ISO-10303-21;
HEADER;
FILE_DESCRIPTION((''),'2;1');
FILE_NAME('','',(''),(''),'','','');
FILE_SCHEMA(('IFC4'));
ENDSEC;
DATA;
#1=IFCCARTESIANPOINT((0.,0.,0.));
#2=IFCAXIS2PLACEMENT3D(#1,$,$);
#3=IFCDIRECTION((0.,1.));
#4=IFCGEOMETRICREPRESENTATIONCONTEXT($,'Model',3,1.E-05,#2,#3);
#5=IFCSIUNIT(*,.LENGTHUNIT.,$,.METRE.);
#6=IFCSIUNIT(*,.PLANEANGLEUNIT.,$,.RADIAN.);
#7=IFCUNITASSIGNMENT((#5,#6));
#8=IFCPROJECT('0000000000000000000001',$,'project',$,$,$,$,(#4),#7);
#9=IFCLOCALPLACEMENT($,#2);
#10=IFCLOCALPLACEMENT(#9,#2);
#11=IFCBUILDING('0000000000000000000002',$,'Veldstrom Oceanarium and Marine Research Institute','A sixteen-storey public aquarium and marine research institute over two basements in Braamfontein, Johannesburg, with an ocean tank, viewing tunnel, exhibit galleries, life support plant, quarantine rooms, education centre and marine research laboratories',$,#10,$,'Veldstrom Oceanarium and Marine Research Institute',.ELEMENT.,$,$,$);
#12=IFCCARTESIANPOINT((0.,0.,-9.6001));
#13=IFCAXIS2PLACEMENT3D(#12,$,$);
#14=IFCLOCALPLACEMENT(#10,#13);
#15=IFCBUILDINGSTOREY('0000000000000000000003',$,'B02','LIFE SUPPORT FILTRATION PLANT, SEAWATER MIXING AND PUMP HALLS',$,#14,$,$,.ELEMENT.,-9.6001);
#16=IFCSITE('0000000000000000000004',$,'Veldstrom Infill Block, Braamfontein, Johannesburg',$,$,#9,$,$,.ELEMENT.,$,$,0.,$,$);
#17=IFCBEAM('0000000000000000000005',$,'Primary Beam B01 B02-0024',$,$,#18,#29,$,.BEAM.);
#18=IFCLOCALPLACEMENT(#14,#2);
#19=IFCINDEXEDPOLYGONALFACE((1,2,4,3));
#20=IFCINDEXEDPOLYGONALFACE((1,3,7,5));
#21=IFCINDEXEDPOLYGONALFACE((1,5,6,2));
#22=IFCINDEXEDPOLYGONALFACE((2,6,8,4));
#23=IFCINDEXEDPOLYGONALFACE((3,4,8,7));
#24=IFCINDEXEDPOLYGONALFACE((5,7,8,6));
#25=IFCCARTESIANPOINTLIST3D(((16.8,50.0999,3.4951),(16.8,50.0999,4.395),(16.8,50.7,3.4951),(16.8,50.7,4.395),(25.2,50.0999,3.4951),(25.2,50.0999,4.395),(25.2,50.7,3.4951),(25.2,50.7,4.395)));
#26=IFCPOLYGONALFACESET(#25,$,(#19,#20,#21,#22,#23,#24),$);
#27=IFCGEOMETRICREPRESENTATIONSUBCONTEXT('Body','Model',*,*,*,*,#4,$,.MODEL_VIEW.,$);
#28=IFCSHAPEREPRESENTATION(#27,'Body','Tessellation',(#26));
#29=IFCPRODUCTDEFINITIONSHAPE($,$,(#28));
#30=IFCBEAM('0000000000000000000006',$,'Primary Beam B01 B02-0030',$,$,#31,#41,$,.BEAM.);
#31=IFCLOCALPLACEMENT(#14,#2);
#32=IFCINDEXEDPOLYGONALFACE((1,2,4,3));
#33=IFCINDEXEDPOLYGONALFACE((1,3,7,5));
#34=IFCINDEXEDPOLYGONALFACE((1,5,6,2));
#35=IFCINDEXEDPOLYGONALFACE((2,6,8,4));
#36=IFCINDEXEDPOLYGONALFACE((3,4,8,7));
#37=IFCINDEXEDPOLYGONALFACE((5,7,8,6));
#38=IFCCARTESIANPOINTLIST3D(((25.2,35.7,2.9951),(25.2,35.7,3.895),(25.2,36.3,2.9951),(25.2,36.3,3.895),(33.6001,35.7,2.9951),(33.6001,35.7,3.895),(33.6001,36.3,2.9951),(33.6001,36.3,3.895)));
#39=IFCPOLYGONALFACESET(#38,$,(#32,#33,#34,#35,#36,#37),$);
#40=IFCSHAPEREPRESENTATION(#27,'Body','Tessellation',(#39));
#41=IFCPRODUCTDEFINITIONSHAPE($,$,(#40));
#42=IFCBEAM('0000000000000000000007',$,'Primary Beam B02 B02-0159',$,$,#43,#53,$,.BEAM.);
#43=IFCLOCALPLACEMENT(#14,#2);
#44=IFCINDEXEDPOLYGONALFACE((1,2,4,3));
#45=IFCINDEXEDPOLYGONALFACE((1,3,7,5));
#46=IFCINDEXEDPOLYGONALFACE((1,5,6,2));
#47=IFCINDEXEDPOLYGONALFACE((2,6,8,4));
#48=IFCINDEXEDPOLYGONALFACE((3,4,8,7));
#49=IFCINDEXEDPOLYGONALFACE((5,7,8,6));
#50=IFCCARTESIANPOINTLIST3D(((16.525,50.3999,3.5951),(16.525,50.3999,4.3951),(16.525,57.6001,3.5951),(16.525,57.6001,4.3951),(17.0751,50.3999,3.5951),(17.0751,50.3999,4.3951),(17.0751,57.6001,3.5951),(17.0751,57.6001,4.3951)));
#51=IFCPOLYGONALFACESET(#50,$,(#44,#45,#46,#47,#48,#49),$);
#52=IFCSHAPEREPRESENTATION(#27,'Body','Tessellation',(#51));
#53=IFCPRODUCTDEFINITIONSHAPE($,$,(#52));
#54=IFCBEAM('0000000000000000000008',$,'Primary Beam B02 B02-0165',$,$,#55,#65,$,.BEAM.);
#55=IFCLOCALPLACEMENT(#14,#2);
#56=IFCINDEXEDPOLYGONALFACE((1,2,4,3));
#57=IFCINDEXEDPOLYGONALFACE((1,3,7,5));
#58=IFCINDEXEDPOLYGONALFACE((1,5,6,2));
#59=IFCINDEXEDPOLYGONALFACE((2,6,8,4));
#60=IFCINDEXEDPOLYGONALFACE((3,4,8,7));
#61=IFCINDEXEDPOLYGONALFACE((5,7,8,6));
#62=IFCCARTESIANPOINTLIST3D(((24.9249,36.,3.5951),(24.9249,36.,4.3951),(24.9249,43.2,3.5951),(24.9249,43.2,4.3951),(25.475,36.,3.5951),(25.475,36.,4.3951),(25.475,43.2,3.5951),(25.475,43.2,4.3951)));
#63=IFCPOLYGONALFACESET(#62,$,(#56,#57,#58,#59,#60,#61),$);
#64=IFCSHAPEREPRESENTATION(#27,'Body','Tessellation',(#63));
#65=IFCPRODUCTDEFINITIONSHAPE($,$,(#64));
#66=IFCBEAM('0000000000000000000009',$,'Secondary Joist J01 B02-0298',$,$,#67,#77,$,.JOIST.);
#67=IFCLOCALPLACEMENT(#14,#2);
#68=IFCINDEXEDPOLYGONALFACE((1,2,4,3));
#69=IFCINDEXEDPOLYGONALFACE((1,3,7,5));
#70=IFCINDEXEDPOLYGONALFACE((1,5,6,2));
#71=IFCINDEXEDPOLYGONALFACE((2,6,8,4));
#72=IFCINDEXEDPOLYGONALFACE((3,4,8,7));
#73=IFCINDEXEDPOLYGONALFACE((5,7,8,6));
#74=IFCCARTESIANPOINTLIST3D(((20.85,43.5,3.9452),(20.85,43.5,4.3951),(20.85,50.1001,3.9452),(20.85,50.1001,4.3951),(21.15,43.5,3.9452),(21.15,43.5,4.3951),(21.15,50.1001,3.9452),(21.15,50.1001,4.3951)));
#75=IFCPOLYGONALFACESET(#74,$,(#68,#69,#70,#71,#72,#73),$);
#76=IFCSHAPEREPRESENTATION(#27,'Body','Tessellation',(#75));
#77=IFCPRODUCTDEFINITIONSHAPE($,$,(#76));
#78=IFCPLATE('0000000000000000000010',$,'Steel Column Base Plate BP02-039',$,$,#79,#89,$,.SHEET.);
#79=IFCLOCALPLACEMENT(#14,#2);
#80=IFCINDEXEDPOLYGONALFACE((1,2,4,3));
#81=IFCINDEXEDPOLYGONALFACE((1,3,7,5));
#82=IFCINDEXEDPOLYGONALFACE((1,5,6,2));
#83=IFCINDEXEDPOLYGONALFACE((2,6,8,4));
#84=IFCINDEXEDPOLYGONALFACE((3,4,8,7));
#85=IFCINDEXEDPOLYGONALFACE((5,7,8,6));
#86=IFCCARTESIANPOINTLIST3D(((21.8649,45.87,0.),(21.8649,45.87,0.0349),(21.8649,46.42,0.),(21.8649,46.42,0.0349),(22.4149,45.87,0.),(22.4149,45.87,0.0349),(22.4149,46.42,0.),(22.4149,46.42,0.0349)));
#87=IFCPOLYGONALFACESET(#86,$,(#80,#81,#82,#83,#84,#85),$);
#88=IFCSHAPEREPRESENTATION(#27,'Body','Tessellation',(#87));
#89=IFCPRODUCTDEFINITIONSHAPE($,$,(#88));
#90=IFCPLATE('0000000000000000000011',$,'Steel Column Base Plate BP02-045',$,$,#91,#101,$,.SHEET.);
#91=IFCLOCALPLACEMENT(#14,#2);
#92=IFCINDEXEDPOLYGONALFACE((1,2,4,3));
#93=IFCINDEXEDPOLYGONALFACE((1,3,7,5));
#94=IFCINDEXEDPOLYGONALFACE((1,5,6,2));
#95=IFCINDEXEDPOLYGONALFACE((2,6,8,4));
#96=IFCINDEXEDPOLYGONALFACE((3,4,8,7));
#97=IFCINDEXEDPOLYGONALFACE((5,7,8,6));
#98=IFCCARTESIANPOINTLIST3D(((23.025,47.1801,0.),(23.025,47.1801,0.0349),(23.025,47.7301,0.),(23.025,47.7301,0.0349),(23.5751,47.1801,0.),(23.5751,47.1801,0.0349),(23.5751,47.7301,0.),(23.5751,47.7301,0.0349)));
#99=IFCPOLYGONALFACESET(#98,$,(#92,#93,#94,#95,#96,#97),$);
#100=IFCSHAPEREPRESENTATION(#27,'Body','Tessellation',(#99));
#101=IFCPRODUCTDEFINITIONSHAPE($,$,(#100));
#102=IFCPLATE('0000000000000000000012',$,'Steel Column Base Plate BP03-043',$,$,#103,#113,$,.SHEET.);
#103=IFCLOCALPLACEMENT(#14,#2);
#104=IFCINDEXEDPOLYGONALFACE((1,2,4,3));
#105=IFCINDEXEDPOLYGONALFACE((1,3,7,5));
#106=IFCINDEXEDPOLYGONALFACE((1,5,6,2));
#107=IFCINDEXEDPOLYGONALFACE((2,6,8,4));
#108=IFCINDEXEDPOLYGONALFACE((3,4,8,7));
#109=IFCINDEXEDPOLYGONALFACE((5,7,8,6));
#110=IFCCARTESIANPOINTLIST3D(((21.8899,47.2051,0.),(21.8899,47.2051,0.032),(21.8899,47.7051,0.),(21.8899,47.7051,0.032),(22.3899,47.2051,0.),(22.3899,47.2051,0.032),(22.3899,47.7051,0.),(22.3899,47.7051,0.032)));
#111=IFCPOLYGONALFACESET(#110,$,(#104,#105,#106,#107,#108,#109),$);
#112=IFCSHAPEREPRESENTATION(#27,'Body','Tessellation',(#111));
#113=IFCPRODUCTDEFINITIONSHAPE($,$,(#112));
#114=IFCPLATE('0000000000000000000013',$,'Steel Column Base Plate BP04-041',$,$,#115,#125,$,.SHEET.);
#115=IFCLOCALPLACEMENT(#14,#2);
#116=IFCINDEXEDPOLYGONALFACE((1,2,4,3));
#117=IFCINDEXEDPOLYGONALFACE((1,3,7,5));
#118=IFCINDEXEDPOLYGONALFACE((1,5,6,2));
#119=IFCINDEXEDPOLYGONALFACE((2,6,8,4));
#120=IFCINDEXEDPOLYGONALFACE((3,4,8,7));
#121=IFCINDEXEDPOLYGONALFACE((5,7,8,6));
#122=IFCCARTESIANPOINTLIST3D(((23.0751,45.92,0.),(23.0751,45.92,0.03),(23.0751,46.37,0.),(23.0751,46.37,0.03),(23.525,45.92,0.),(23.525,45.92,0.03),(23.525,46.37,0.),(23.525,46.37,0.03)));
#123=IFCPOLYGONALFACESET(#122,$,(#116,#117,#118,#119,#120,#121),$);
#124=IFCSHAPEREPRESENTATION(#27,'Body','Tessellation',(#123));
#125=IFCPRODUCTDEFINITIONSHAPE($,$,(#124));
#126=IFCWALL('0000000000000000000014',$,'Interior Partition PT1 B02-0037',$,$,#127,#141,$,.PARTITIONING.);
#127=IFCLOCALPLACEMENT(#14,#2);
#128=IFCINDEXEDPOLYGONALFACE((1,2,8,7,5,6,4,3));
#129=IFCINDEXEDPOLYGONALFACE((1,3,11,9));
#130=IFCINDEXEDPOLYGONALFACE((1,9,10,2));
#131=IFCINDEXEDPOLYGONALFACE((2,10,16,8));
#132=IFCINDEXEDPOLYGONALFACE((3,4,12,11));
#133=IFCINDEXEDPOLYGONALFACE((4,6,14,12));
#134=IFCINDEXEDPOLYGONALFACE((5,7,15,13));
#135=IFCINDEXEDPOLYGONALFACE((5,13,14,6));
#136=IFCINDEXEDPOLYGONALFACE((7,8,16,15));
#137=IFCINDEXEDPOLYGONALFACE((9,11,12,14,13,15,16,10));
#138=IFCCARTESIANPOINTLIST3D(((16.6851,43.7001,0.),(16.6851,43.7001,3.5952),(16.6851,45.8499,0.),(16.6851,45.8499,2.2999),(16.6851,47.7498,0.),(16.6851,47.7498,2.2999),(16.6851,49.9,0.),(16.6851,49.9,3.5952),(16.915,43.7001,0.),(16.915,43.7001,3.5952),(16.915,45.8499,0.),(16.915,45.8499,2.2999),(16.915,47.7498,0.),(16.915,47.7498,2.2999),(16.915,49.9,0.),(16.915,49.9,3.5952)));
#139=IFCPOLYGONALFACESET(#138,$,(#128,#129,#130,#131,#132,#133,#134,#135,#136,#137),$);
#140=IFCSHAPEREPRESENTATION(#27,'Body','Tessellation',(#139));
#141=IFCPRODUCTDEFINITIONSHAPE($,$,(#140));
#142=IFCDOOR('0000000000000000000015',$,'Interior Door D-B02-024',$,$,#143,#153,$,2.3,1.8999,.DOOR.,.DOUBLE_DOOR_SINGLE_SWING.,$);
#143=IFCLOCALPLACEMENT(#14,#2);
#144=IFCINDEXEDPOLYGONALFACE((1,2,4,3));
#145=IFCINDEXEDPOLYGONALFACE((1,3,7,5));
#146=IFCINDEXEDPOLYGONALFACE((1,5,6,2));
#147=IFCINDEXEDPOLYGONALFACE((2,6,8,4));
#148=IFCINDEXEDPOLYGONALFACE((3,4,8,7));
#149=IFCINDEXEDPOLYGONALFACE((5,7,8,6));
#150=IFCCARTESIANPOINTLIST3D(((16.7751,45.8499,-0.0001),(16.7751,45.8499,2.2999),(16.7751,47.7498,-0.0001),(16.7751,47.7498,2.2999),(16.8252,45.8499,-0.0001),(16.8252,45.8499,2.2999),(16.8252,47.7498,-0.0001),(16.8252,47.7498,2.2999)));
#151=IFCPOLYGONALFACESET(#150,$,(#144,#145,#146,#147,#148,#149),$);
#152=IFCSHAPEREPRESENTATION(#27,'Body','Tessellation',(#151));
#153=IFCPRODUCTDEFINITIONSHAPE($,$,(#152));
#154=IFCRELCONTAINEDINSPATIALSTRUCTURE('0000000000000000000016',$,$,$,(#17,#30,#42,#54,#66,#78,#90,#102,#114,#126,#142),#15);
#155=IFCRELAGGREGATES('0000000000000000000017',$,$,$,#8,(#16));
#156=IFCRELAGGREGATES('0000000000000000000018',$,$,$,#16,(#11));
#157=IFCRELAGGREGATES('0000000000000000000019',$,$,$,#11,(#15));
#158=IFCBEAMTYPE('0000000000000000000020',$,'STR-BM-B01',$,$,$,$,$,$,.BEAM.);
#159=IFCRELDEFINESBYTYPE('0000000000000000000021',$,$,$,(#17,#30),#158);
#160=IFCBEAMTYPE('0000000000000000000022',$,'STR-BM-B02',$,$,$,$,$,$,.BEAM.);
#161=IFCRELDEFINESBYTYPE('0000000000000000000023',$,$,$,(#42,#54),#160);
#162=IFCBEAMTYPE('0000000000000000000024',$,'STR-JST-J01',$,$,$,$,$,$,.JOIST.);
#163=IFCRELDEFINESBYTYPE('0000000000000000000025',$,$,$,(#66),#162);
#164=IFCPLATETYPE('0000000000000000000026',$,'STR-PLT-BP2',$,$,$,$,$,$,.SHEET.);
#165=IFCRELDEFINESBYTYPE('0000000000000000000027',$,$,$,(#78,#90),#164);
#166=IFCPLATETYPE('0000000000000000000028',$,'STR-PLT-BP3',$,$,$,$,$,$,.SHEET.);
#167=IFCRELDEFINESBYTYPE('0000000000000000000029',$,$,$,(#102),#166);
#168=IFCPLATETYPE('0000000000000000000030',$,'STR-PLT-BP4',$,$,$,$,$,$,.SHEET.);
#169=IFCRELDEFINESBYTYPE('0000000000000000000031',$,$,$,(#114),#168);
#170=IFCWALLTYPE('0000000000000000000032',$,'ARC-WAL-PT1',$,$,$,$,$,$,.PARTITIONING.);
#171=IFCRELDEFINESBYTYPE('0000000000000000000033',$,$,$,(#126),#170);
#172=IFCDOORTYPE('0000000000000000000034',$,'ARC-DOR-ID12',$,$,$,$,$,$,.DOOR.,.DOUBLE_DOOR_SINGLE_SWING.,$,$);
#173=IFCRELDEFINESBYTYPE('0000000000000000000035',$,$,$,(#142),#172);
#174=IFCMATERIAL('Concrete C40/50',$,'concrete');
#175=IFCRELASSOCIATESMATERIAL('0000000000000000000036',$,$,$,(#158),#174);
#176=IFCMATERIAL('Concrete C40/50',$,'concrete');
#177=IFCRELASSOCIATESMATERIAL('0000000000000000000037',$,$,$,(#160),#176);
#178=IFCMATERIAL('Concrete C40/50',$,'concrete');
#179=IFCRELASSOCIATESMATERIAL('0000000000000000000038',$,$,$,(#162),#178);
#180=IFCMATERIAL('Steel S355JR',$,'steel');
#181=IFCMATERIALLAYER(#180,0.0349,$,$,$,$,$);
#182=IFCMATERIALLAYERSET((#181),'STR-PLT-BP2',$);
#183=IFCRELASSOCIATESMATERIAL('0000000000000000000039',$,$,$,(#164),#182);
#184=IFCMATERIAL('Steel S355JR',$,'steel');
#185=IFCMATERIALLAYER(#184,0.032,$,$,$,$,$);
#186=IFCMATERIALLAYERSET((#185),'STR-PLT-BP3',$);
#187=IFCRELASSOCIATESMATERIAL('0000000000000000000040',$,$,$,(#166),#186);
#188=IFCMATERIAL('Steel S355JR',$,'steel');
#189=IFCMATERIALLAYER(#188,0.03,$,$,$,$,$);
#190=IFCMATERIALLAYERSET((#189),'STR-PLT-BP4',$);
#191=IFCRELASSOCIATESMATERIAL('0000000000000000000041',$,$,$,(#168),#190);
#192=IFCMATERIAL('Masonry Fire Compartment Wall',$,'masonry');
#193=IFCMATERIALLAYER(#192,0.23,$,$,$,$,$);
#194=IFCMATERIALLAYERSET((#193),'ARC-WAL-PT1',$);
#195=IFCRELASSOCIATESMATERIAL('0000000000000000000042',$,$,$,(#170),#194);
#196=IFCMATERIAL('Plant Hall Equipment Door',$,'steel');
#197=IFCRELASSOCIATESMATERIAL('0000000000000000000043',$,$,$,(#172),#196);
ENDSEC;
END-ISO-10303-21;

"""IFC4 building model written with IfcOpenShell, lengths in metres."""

from ifc_helpers import new_model, si_unit, direction, frame, frame_2d, origin, origin_2d, place, context, subcontext, project, spatial, rectangle, extrude, material, layer, layer_set, material_profile, profile_set, type_object, element, fill, save


model = new_model("IFC4")

# Units and contexts
model_context = context("Model", 3, precision=1e-05, world=origin(), true_north=direction((0.0, 1.0)))
body_context = subcontext(model_context, "Body", "Model", "MODEL_VIEW")
ifc_project = project(units=[si_unit("LENGTHUNIT", "METRE"), si_unit("PLANEANGLEUNIT", "RADIAN")], contexts=[model_context])

# Site, building, storey
site_placement = place(None, origin())
site = spatial("IfcSite", under=ifc_project, at=site_placement, Name="Veldstrom Infill Block, Braamfontein, Johannesburg", CompositionType="ELEMENT", RefElevation=0.0)
building_placement = place(site_placement, origin())
building = spatial("IfcBuilding", under=site, at=building_placement, Name="Veldstrom Oceanarium and Marine Research Institute", Description="A sixteen-storey public aquarium and marine research institute over two basements in Braamfontein, Johannesburg, with an ocean tank, viewing tunnel, exhibit galleries, life support plant, quarantine rooms, education centre and marine research laboratories", LongName="Veldstrom Oceanarium and Marine Research Institute", CompositionType="ELEMENT")
storey_placement = place(building_placement, frame((0.0, 0.0, -9.6001)))
storey = spatial("IfcBuildingStorey", under=building, at=storey_placement, Name="B02", Description="LIFE SUPPORT FILTRATION PLANT, SEAWATER MIXING AND PUMP HALLS", CompositionType="ELEMENT", Elevation=-9.6001)

# Beams
ifc_material_1 = material(Name="Concrete C40/50", Category="concrete")
ifc_material_profile_1 = material_profile(ifc_material_1, rectangle(XDim=0.6001, YDim=0.8999, at=origin_2d()), Name="RC-BM-600x900")
ifc_profile_set_1 = profile_set([ifc_material_profile_1], Name="Concrete C40/50")
beam_type_1 = type_object("IfcBeamType", Name="STR-BM-B01", PredefinedType="BEAM", material=ifc_profile_set_1)
beam_1_placement = place(storey_placement, frame((16.8, 50.3999, 3.9451), z_axis=(1.0, 0.0, 0.0), x_axis=(0.0, 1.0, 0.0)))
element("IfcBeam", 1, at=beam_1_placement, inside=storey, type_object=beam_type_1, Name="Primary Beam B01 B02-0024", PredefinedType="BEAM", context=body_context, shape_type="SweptSolid", body=[
    extrude(rectangle(XDim=0.6001, YDim=0.8999, at=origin_2d()), origin(), (0.0, 0.0, 1.0), 8.3999),
])
beam_2_placement = place(storey_placement, frame((25.2, 36.0, 3.4451), z_axis=(1.0, 0.0, 0.0), x_axis=(0.0, 1.0, 0.0)))
element("IfcBeam", 2, at=beam_2_placement, inside=storey, type_object=beam_type_1, Name="Primary Beam B01 B02-0030", PredefinedType="BEAM", context=body_context, shape_type="SweptSolid", body=[
    extrude(rectangle(XDim=0.6001, YDim=0.8999, at=origin_2d()), origin(), (0.0, 0.0, 1.0), 8.4001),
])
ifc_material_2 = material(Name="Concrete C40/50", Category="concrete")
ifc_material_profile_2 = material_profile(ifc_material_2, rectangle(XDim=0.55, YDim=0.8, at=origin_2d()), Name="RC-BM-550x800")
ifc_profile_set_2 = profile_set([ifc_material_profile_2], Name="Concrete C40/50")
beam_type_2 = type_object("IfcBeamType", Name="STR-BM-B02", PredefinedType="BEAM", material=ifc_profile_set_2)
beam_3_placement = place(storey_placement, frame((16.8, 50.3999, 3.9951), z_axis=(0.0, 1.0, 0.0), x_axis=(-1.0, 0.0, 0.0)))
element("IfcBeam", 3, at=beam_3_placement, inside=storey, type_object=beam_type_2, Name="Primary Beam B02 B02-0159", PredefinedType="BEAM", context=body_context, shape_type="SweptSolid", body=[
    extrude(rectangle(XDim=0.55, YDim=0.8, at=origin_2d()), origin(), (0.0, 0.0, 1.0), 7.2002),
])
beam_4_placement = place(storey_placement, frame((25.2, 36.0, 3.9951), z_axis=(0.0, 1.0, 0.0), x_axis=(-1.0, 0.0, 0.0)))
element("IfcBeam", 4, at=beam_4_placement, inside=storey, type_object=beam_type_2, Name="Primary Beam B02 B02-0165", PredefinedType="BEAM", context=body_context, shape_type="SweptSolid", body=[
    extrude(rectangle(XDim=0.55, YDim=0.8, at=origin_2d()), origin(), (0.0, 0.0, 1.0), 7.2),
])
ifc_material_3 = material(Name="Concrete C40/50", Category="concrete")
ifc_material_profile_3 = material_profile(ifc_material_3, rectangle(XDim=0.3, YDim=0.45, at=origin_2d()), Name="RC-JST-300x450")
ifc_profile_set_3 = profile_set([ifc_material_profile_3], Name="Concrete C40/50")
beam_type_3 = type_object("IfcBeamType", Name="STR-JST-J01", PredefinedType="JOIST", material=ifc_profile_set_3)
beam_5_placement = place(storey_placement, frame((21.0, 43.5, 4.1702), z_axis=(0.0, 1.0, 0.0), x_axis=(-1.0, 0.0, 0.0)))
element("IfcBeam", 5, at=beam_5_placement, inside=storey, type_object=beam_type_3, Name="Secondary Joist J01 B02-0298", PredefinedType="JOIST", context=body_context, shape_type="SweptSolid", body=[
    extrude(rectangle(XDim=0.3, YDim=0.45, at=origin_2d()), origin(), (0.0, 0.0, 1.0), 6.6001),
])

# Plates
ifc_material_4 = material(Name="Steel S355JR", Category="steel")
ifc_layer_1 = layer(ifc_material_4, 0.0349)
ifc_layer_set_1 = layer_set([ifc_layer_1], Name="STR-PLT-BP2")
plate_type_1 = type_object("IfcPlateType", Name="STR-PLT-BP2", PredefinedType="SHEET", material=ifc_layer_set_1)
for number, where, z_axis, x_axis, name in (
    (6, (22.1399, 46.145, 0.0), (0.0, 0.0, 1.0), (1.0, 0.0, 0.0), "Steel Column Base Plate BP02-039"),
    (7, (23.3, 47.4551, 0.0), (0.0, 0.0, 1.0), (1.0, 0.0, 0.0), "Steel Column Base Plate BP02-045"),
):
    element("IfcPlate", number, at=place(storey_placement, frame(where, z_axis=z_axis, x_axis=x_axis)), inside=storey, type_object=plate_type_1, Name=name, PredefinedType="SHEET", context=body_context, shape_type="SweptSolid", body=[
        extrude(rectangle(XDim=0.55, YDim=0.55, at=origin_2d()), origin(), (0.0, 0.0, 1.0), 0.0349),
    ])
ifc_material_5 = material(Name="Steel S355JR", Category="steel")
ifc_layer_2 = layer(ifc_material_5, 0.032)
ifc_layer_set_2 = layer_set([ifc_layer_2], Name="STR-PLT-BP3")
plate_type_2 = type_object("IfcPlateType", Name="STR-PLT-BP3", PredefinedType="SHEET", material=ifc_layer_set_2)
plate_1_placement = place(storey_placement, frame((22.1399, 47.4551, 0.0), z_axis=(0.0, 0.0, 1.0), x_axis=(1.0, 0.0, 0.0)))
element("IfcPlate", 8, at=plate_1_placement, inside=storey, type_object=plate_type_2, Name="Steel Column Base Plate BP03-043", PredefinedType="SHEET", context=body_context, shape_type="SweptSolid", body=[
    extrude(rectangle(XDim=0.5, YDim=0.5, at=origin_2d()), origin(), (0.0, 0.0, 1.0), 0.032),
])
ifc_material_6 = material(Name="Steel S355JR", Category="steel")
ifc_layer_3 = layer(ifc_material_6, 0.03)
ifc_layer_set_3 = layer_set([ifc_layer_3], Name="STR-PLT-BP4")
plate_type_3 = type_object("IfcPlateType", Name="STR-PLT-BP4", PredefinedType="SHEET", material=ifc_layer_set_3)
plate_2_placement = place(storey_placement, frame((23.3, 46.145, 0.0), z_axis=(0.0, 0.0, 1.0), x_axis=(1.0, 0.0, 0.0)))
element("IfcPlate", 9, at=plate_2_placement, inside=storey, type_object=plate_type_3, Name="Steel Column Base Plate BP04-041", PredefinedType="SHEET", context=body_context, shape_type="SweptSolid", body=[
    extrude(rectangle(XDim=0.45, YDim=0.45, at=origin_2d()), origin(), (0.0, 0.0, 1.0), 0.03),
])

# Wall, opening, door
ifc_material_7 = material(Name="Masonry Fire Compartment Wall", Category="masonry")
ifc_layer_4 = layer(ifc_material_7, 0.23)
ifc_layer_set_4 = layer_set([ifc_layer_4], Name="ARC-WAL-PT1")
wall_type_1 = type_object("IfcWallType", Name="ARC-WAL-PT1", PredefinedType="PARTITIONING", material=ifc_layer_set_4)
wall_1_placement = place(storey_placement, frame((16.8, 43.7, 0.0), z_axis=(0.0, 0.0, 1.0), x_axis=(0.0, 1.0, 0.0)))
wall_1 = element("IfcWall", 10, at=wall_1_placement, inside=storey, type_object=wall_type_1, Name="Interior Partition PT1 B02-0037", PredefinedType="PARTITIONING", context=body_context, shape_type="SweptSolid", body=[
    extrude(rectangle(XDim=6.2, YDim=0.23, at=frame_2d((3.1001, 0.0))), origin(), (0.0, 0.0, 1.0), 3.5952),
])
opening_1_placement = place(wall_1_placement, frame((2.1499, 0.0, 0.0)))
opening_1 = element("IfcOpeningElement", 11, at=opening_1_placement, cuts=wall_1, PredefinedType="OPENING", context=body_context, shape_type="SweptSolid", body=[
    extrude(rectangle(XDim=1.8999, YDim=2.3, at=frame_2d((0.95, 1.1499))), frame((0.0, 0.125, 0.0), z_axis=(0.0, -1.0, 0.0), x_axis=(1.0, 0.0, 0.0)), (0.0, 0.0, 1.0), 0.25),
])
ifc_material_8 = material(Name="Plant Hall Equipment Door", Category="steel")
door_type_1 = type_object("IfcDoorType", Name="ARC-DOR-ID12", OperationType="DOUBLE_DOOR_SINGLE_SWING", PredefinedType="DOOR", material=ifc_material_8)
door_1_placement = place(opening_1_placement, origin())
door_1 = element("IfcDoor", 12, at=door_1_placement, inside=storey, type_object=door_type_1, Name="Interior Door D-B02-024", OperationType="DOUBLE_DOOR_SINGLE_SWING", OverallHeight=2.3, OverallWidth=1.8999, PredefinedType="DOOR", context=body_context, shape_type="SweptSolid", body=[
    extrude(rectangle(XDim=1.8999, YDim=2.3, at=frame_2d((0.95, 1.1499))), frame((0.0, 0.0249, 0.0), z_axis=(0.0, -1.0, 0.0), x_axis=(1.0, 0.0, 0.0)), (0.0, 0.0, 1.0), 0.05),
])
fill(opening_1, door_1)

save(model, "model.ifc")
